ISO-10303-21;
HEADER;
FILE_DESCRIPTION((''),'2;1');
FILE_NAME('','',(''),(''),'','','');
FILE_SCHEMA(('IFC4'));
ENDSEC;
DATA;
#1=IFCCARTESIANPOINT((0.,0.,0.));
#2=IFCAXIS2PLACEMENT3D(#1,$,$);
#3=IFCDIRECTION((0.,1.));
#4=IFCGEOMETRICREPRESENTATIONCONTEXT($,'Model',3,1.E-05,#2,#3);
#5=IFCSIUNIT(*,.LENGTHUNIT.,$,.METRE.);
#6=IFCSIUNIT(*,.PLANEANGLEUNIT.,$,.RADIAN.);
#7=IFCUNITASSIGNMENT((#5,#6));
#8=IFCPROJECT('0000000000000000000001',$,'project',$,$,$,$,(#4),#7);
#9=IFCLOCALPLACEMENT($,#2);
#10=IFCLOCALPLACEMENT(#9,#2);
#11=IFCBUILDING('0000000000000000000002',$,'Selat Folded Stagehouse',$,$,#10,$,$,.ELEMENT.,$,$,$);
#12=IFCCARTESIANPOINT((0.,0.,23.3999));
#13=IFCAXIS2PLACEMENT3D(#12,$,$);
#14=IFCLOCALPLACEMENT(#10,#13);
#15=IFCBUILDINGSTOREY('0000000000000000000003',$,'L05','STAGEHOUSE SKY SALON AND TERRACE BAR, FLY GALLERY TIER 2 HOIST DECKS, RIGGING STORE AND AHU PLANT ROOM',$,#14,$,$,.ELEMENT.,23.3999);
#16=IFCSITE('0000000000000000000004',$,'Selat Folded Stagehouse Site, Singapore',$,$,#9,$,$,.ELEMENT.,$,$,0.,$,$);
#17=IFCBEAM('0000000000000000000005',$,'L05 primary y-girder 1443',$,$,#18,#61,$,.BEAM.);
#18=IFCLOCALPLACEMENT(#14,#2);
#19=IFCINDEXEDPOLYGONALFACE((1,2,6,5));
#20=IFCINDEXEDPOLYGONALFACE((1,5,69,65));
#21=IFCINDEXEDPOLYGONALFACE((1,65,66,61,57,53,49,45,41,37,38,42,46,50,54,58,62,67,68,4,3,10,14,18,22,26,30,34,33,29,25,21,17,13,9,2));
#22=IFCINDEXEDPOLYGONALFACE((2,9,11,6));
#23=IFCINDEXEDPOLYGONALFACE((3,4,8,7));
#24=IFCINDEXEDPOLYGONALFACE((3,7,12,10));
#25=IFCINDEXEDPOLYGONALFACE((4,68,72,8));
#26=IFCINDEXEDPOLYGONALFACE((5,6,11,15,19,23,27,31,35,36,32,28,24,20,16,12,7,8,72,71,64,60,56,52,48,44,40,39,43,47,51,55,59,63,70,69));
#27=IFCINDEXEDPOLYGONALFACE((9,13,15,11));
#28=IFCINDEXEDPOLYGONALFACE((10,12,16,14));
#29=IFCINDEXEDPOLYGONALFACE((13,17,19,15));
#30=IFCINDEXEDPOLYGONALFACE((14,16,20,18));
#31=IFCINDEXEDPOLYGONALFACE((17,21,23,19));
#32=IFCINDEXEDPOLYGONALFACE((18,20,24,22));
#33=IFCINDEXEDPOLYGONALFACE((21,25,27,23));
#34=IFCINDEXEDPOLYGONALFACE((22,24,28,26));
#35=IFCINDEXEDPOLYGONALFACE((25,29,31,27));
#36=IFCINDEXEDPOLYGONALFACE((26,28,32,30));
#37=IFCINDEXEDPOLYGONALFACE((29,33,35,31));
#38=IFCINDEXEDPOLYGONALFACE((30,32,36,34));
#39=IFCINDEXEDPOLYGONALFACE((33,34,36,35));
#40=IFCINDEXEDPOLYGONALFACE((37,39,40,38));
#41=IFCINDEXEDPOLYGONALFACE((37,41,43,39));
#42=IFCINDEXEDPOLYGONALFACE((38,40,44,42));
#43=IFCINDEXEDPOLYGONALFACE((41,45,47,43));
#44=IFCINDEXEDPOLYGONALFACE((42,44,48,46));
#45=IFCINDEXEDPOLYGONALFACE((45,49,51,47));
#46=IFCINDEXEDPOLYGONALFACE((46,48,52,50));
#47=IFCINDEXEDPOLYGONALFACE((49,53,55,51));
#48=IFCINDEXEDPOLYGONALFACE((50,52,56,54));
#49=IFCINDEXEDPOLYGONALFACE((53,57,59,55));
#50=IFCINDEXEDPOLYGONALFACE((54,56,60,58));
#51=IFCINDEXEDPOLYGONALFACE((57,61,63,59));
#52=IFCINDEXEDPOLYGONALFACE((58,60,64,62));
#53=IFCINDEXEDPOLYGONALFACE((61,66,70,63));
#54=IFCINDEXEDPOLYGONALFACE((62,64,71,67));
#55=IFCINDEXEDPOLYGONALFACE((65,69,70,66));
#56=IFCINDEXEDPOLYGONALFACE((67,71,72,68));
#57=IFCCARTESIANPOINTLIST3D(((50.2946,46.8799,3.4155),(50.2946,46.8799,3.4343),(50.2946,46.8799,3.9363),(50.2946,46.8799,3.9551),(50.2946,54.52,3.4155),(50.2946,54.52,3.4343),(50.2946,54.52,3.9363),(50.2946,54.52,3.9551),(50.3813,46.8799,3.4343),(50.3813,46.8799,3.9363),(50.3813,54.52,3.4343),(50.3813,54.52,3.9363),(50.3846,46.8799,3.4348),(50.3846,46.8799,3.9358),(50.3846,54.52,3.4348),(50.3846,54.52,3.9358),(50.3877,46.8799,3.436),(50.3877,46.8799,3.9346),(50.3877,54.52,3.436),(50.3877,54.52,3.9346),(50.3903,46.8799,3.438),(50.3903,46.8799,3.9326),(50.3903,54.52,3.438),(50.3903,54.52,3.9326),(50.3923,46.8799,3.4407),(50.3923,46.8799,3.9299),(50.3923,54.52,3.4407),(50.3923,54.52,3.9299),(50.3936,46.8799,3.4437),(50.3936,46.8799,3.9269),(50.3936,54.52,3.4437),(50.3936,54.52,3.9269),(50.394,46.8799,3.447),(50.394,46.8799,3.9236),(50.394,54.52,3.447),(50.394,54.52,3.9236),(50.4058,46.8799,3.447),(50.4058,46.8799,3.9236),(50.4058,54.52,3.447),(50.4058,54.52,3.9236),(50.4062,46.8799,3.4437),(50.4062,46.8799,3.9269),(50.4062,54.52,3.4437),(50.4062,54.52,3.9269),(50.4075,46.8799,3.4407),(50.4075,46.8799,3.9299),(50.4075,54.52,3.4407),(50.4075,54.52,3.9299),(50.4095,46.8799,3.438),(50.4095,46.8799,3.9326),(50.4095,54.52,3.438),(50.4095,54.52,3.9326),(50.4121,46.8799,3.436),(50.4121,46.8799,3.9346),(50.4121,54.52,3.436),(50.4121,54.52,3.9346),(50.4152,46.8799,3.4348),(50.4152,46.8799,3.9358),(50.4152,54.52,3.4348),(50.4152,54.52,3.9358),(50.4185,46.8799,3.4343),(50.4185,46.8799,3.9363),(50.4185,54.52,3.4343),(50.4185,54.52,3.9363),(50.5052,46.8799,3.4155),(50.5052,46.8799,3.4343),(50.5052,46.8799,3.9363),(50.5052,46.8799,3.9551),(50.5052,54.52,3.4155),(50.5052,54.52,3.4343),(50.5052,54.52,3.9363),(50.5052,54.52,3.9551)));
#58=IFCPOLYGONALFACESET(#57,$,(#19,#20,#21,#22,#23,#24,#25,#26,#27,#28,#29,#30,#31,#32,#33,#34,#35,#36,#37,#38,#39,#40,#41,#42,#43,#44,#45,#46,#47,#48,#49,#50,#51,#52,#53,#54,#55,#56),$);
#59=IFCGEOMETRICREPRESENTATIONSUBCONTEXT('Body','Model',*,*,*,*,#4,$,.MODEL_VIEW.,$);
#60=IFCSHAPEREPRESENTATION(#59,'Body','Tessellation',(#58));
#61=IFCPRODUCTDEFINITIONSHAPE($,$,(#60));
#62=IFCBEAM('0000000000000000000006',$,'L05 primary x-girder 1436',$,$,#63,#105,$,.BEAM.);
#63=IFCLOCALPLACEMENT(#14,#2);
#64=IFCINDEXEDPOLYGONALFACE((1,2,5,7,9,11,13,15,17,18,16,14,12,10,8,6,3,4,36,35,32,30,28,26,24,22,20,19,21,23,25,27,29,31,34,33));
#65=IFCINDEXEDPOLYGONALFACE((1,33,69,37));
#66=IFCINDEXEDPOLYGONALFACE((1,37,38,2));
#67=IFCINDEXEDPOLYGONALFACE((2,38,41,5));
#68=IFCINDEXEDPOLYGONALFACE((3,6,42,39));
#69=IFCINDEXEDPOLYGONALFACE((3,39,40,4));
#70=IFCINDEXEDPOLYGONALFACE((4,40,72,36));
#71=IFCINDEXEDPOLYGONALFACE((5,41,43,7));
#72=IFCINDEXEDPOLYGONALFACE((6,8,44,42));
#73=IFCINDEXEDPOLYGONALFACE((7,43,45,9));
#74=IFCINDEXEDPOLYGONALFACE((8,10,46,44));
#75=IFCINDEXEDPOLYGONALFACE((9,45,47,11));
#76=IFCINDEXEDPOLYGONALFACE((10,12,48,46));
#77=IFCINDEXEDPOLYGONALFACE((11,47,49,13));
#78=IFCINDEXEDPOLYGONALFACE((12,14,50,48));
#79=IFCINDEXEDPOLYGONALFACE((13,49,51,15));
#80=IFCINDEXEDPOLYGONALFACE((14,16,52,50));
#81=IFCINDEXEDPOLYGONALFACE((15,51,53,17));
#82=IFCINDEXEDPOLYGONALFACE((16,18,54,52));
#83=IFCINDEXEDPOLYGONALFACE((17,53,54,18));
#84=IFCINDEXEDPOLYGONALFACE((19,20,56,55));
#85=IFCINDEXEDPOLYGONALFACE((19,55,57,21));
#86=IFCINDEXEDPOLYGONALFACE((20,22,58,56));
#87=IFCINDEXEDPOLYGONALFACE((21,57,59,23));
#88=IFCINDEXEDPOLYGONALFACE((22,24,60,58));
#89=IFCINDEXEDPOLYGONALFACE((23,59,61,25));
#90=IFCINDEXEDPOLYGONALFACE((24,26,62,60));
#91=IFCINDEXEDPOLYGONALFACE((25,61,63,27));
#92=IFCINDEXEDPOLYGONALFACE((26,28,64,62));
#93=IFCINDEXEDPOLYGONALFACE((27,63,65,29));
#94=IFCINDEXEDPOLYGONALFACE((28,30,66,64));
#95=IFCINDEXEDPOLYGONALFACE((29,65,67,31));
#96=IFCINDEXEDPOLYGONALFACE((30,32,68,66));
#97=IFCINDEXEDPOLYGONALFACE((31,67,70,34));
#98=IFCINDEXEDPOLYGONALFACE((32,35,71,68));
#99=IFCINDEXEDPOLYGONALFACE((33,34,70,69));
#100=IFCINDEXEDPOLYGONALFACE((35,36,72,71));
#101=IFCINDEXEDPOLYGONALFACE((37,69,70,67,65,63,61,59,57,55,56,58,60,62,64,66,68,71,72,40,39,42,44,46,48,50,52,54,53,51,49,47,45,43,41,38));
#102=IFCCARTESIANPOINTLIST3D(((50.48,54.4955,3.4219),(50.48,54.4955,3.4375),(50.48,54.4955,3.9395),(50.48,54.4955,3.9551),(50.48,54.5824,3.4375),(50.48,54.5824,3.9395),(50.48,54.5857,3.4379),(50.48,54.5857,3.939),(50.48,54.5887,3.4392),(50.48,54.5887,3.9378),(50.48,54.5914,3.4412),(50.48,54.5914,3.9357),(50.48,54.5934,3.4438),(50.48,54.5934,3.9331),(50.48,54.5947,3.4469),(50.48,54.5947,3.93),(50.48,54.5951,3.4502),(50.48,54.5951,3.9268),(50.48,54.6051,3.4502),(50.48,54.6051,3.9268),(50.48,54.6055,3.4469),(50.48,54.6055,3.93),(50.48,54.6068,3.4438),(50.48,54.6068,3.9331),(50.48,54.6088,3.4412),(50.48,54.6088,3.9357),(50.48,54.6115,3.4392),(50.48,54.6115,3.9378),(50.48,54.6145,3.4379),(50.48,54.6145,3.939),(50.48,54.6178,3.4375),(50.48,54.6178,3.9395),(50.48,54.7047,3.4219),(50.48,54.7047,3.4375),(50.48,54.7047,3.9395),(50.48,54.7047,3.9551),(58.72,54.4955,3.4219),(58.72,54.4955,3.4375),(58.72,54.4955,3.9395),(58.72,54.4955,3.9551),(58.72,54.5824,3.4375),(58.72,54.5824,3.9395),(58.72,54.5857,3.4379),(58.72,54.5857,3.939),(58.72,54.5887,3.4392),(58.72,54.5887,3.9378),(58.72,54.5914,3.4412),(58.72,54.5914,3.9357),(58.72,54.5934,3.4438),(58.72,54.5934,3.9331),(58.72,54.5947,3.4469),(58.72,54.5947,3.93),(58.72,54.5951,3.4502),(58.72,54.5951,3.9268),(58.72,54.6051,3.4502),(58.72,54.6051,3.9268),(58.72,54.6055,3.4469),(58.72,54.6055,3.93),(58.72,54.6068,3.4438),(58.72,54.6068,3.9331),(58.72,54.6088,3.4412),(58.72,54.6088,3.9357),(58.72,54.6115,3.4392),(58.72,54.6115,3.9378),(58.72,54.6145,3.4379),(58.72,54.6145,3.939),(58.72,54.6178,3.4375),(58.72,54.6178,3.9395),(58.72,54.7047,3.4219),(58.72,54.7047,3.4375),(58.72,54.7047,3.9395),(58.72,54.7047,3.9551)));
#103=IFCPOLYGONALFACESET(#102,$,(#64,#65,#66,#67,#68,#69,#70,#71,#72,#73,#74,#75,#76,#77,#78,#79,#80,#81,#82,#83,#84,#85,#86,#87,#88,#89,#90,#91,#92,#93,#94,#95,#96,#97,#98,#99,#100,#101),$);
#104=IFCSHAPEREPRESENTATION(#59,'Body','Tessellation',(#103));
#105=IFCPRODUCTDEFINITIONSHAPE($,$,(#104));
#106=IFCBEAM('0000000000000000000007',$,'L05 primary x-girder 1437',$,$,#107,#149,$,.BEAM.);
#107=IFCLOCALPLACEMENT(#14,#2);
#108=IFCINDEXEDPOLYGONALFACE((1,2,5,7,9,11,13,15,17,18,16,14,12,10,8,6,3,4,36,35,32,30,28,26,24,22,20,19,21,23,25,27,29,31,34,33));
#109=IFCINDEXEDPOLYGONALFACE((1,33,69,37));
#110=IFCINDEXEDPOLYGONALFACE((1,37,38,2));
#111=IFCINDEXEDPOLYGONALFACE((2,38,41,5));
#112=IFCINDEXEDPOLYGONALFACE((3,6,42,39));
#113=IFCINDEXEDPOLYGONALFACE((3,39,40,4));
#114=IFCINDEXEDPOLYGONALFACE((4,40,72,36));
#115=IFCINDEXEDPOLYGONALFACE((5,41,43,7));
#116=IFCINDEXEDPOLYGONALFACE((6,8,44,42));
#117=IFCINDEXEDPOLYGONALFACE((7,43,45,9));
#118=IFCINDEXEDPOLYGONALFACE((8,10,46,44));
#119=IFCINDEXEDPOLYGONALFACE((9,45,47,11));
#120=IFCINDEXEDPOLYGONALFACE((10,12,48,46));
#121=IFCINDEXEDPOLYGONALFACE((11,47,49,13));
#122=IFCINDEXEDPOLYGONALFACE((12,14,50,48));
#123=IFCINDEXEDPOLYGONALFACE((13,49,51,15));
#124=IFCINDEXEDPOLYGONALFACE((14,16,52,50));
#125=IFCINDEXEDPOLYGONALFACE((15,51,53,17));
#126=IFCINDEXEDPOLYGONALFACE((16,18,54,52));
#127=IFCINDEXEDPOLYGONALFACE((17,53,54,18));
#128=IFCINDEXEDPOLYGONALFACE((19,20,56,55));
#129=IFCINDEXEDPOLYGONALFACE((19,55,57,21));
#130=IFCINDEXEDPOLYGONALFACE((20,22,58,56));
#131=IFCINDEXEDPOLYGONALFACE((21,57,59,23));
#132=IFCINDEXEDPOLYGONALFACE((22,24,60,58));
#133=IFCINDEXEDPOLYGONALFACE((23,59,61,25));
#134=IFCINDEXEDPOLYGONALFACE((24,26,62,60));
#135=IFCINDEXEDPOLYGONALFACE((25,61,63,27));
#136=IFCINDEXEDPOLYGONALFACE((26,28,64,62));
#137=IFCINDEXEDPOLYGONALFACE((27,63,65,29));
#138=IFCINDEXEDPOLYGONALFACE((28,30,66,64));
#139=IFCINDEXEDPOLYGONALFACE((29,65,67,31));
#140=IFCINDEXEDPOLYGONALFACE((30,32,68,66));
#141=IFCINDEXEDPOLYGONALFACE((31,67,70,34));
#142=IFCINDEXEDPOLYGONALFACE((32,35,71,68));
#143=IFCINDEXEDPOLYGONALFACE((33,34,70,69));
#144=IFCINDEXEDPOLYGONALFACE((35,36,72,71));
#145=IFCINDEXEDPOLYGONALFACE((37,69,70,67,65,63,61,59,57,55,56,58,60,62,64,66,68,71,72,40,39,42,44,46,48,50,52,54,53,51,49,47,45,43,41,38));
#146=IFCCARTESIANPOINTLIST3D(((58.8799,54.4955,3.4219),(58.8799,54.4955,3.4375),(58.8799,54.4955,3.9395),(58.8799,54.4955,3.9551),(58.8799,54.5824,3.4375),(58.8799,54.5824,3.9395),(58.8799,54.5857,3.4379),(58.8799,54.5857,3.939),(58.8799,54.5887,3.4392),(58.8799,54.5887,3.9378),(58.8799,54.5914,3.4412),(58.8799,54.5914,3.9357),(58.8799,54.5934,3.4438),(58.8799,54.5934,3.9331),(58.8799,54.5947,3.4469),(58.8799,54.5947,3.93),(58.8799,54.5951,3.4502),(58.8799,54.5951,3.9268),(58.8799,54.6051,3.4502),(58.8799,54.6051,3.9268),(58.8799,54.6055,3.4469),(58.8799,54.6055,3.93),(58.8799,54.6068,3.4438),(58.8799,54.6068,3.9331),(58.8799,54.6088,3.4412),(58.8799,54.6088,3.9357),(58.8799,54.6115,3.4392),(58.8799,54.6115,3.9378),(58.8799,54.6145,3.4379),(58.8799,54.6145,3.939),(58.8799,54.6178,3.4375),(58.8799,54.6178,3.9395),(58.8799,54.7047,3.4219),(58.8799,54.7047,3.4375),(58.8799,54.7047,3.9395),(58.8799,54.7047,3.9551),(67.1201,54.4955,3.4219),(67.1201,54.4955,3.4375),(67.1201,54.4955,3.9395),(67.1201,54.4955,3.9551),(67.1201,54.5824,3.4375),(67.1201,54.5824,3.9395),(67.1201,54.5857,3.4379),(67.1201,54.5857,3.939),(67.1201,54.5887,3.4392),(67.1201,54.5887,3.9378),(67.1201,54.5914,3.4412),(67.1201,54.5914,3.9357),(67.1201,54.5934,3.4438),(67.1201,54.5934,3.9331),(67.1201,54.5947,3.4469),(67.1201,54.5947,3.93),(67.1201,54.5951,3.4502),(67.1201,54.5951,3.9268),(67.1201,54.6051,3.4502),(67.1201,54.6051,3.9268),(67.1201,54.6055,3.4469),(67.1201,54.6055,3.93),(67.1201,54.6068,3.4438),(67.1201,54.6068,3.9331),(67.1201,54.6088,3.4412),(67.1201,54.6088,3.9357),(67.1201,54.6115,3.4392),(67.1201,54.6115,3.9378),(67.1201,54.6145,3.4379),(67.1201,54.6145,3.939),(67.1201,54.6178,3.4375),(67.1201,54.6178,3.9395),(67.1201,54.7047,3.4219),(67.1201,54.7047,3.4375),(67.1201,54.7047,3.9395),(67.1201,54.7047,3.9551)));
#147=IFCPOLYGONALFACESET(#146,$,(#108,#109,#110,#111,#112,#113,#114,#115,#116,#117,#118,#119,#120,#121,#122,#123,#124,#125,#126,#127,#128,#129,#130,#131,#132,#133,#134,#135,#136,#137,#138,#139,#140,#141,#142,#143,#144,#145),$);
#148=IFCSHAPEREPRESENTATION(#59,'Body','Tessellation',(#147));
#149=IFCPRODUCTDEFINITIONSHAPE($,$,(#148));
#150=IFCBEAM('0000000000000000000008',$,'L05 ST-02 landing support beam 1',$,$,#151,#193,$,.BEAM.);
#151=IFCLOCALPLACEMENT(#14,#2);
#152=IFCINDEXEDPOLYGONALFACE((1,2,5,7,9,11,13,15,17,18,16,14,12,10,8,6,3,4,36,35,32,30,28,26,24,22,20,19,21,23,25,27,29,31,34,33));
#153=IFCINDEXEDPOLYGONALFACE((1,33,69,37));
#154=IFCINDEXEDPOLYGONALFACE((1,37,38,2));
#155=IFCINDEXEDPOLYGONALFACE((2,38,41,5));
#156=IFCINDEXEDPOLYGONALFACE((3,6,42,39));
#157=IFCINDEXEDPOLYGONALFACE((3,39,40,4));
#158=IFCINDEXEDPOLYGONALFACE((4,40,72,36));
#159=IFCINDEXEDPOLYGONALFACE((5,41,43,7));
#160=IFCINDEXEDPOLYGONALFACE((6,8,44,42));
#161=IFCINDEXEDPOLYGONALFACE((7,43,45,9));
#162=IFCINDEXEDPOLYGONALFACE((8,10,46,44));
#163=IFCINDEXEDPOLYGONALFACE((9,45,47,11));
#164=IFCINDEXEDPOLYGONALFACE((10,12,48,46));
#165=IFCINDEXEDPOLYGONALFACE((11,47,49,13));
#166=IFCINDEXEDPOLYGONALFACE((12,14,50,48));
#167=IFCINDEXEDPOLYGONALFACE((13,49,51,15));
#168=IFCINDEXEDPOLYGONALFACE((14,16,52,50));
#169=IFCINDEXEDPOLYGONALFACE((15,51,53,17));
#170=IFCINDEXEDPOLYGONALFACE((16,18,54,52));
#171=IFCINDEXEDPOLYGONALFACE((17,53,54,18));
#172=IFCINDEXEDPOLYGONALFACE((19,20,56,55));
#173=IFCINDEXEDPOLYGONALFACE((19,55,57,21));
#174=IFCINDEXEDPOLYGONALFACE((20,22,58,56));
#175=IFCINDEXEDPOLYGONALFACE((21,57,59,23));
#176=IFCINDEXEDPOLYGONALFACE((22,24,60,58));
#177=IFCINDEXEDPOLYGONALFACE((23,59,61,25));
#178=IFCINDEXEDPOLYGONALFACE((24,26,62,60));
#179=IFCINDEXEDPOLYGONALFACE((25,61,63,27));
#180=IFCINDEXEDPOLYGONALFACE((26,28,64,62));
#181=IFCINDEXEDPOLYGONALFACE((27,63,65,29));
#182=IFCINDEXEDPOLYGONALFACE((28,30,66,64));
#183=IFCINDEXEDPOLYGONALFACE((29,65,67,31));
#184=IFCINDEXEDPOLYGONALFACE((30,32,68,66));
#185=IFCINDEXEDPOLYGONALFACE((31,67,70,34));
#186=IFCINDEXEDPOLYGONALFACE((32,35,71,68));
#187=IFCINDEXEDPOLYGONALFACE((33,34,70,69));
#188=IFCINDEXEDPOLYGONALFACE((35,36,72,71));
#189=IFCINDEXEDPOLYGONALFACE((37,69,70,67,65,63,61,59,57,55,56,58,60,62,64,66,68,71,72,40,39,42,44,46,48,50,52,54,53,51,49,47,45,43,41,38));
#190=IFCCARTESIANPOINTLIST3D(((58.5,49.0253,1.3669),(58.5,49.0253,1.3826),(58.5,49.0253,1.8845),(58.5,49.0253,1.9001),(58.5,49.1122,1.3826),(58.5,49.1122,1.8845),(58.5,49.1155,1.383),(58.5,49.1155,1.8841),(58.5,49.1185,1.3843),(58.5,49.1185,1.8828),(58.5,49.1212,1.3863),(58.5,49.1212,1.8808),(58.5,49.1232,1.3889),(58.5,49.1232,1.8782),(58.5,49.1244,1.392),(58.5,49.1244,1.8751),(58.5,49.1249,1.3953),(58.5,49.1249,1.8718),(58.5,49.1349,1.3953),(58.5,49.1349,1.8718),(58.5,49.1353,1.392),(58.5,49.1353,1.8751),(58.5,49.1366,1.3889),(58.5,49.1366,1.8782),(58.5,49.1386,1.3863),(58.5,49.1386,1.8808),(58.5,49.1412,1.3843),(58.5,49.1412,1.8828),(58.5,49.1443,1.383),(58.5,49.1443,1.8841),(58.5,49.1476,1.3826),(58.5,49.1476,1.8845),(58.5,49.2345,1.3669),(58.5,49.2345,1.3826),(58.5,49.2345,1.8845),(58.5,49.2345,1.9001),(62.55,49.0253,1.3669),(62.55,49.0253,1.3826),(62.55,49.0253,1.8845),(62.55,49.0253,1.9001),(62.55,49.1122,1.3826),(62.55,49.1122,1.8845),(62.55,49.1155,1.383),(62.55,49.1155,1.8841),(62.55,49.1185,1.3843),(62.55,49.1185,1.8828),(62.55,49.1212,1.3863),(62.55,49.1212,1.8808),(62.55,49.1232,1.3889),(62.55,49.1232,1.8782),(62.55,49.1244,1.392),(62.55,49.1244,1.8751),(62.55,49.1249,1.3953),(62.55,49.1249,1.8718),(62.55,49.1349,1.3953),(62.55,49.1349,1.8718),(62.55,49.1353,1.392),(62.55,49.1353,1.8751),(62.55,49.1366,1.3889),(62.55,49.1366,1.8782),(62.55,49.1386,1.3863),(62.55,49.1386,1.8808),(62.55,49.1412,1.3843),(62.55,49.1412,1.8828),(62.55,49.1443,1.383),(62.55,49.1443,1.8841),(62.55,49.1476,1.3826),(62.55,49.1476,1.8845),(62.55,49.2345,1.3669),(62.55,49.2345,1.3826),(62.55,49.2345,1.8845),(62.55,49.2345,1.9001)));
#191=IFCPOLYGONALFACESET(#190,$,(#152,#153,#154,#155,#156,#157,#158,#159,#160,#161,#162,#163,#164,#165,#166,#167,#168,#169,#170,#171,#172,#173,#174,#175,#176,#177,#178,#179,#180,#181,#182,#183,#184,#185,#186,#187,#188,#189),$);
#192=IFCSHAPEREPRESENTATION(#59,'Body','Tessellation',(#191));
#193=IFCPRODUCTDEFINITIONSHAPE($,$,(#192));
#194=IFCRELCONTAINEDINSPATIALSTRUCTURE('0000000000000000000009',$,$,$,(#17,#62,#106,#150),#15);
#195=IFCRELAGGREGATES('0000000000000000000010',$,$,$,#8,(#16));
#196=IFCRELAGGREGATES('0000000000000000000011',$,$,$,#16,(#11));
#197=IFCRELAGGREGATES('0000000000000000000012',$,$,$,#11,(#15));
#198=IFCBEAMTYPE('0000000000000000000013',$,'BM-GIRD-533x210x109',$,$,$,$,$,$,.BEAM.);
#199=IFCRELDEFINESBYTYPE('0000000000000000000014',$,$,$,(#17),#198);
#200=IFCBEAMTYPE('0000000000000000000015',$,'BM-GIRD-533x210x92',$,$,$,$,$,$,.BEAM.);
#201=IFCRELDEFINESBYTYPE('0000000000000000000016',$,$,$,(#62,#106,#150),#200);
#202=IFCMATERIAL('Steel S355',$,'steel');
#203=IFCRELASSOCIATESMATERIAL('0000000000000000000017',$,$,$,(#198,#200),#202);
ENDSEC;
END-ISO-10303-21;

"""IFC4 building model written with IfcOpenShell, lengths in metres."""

from ifc_helpers import new_model, si_unit, direction, frame, origin, origin_2d, place, context, subcontext, project, spatial, i_section, extrude, material, material_profile, profile_set, type_object, element, save


model = new_model("IFC4")

# Units and contexts
model_context = context("Model", 3, precision=1e-05, world=origin(), true_north=direction((0.0, 1.0)))
body_context = subcontext(model_context, "Body", "Model", "MODEL_VIEW")
ifc_project = project(units=[si_unit("LENGTHUNIT", "METRE"), si_unit("PLANEANGLEUNIT", "RADIAN")], contexts=[model_context])

# Site, building, storey
site_placement = place(None, origin())
site = spatial("IfcSite", under=ifc_project, at=site_placement, Name="Selat Folded Stagehouse Site, Singapore", CompositionType="ELEMENT", RefElevation=0.0)
building_placement = place(site_placement, origin())
building = spatial("IfcBuilding", under=site, at=building_placement, Name="Selat Folded Stagehouse", CompositionType="ELEMENT")
storey_placement = place(building_placement, frame((0.0, 0.0, 23.3999)))
storey = spatial("IfcBuildingStorey", under=building, at=storey_placement, Name="L05", Description="STAGEHOUSE SKY SALON AND TERRACE BAR, FLY GALLERY TIER 2 HOIST DECKS, RIGGING STORE AND AHU PLANT ROOM", CompositionType="ELEMENT", Elevation=23.3999)

# Shared definitions
ifc_material_1 = material(Name="Steel S355", Category="steel")

# Beams
ifc_material_profile_1 = material_profile(ifc_material_1, i_section(OverallWidth=0.2107, OverallDepth=0.5396, WebThickness=0.0117, FlangeThickness=0.0188, FilletRadius=0.0127, at=origin_2d()), Name="UKB 533x210x109")
ifc_profile_set_1 = profile_set([ifc_material_profile_1], Name="Steel S355")
beam_type_1 = type_object("IfcBeamType", Name="BM-GIRD-533x210x109", PredefinedType="BEAM", material=ifc_profile_set_1)
beam_1_placement = place(storey_placement, frame((50.3999, 46.8799, 3.6853), z_axis=(0.0, 1.0, 0.0), x_axis=(-1.0, 0.0, 0.0)))
element("IfcBeam", 1, at=beam_1_placement, inside=storey, type_object=beam_type_1, Name="L05 primary y-girder 1443", PredefinedType="BEAM", context=body_context, shape_type="SweptSolid", body=[
    extrude(i_section(OverallWidth=0.2107, OverallDepth=0.5396, WebThickness=0.0117, FlangeThickness=0.0188, FilletRadius=0.0127, at=origin_2d()), origin(), (0.0, 0.0, 1.0), 7.6401),
])
ifc_material_profile_2 = material_profile(ifc_material_1, i_section(OverallWidth=0.2092, OverallDepth=0.5332, WebThickness=0.01, FlangeThickness=0.0156, FilletRadius=0.0127, at=origin_2d()), Name="UKB 533x210x92")
ifc_profile_set_2 = profile_set([ifc_material_profile_2], Name="Steel S355")
beam_type_2 = type_object("IfcBeamType", Name="BM-GIRD-533x210x92", PredefinedType="BEAM", material=ifc_profile_set_2)
beam_2_placement = place(storey_placement, frame((50.48, 54.6001, 3.6885), z_axis=(1.0, 0.0, 0.0), x_axis=(0.0, 1.0, 0.0)))
element("IfcBeam", 2, at=beam_2_placement, inside=storey, type_object=beam_type_2, Name="L05 primary x-girder 1436", PredefinedType="BEAM", context=body_context, shape_type="SweptSolid", body=[
    extrude(i_section(OverallWidth=0.2092, OverallDepth=0.5332, WebThickness=0.01, FlangeThickness=0.0156, FilletRadius=0.0127, at=origin_2d()), origin(), (0.0, 0.0, 1.0), 8.24),
])
beam_3_placement = place(storey_placement, frame((58.8799, 54.6001, 3.6885), z_axis=(1.0, 0.0, 0.0), x_axis=(0.0, 1.0, 0.0)))
element("IfcBeam", 3, at=beam_3_placement, inside=storey, type_object=beam_type_2, Name="L05 primary x-girder 1437", PredefinedType="BEAM", context=body_context, shape_type="SweptSolid", body=[
    extrude(i_section(OverallWidth=0.2092, OverallDepth=0.5332, WebThickness=0.01, FlangeThickness=0.0156, FilletRadius=0.0127, at=origin_2d()), origin(), (0.0, 0.0, 1.0), 8.2402),
])
for number, where, z_axis, x_axis, name in (
    (4, (58.5, 49.1299, 1.6335), (1.0, 0.0, 0.0), (0.0, 1.0, 0.0), "L05 ST-02 landing support beam 1"),
):
    element("IfcBeam", number, at=place(storey_placement, frame(where, z_axis=z_axis, x_axis=x_axis)), inside=storey, type_object=beam_type_2, Name=name, PredefinedType="BEAM", context=body_context, shape_type="SweptSolid", body=[
        extrude(i_section(OverallWidth=0.2092, OverallDepth=0.5332, WebThickness=0.01, FlangeThickness=0.0156, FilletRadius=0.0127, at=origin_2d()), origin(), (0.0, 0.0, 1.0), 4.05),
    ])

save(model, "model.ifc")
